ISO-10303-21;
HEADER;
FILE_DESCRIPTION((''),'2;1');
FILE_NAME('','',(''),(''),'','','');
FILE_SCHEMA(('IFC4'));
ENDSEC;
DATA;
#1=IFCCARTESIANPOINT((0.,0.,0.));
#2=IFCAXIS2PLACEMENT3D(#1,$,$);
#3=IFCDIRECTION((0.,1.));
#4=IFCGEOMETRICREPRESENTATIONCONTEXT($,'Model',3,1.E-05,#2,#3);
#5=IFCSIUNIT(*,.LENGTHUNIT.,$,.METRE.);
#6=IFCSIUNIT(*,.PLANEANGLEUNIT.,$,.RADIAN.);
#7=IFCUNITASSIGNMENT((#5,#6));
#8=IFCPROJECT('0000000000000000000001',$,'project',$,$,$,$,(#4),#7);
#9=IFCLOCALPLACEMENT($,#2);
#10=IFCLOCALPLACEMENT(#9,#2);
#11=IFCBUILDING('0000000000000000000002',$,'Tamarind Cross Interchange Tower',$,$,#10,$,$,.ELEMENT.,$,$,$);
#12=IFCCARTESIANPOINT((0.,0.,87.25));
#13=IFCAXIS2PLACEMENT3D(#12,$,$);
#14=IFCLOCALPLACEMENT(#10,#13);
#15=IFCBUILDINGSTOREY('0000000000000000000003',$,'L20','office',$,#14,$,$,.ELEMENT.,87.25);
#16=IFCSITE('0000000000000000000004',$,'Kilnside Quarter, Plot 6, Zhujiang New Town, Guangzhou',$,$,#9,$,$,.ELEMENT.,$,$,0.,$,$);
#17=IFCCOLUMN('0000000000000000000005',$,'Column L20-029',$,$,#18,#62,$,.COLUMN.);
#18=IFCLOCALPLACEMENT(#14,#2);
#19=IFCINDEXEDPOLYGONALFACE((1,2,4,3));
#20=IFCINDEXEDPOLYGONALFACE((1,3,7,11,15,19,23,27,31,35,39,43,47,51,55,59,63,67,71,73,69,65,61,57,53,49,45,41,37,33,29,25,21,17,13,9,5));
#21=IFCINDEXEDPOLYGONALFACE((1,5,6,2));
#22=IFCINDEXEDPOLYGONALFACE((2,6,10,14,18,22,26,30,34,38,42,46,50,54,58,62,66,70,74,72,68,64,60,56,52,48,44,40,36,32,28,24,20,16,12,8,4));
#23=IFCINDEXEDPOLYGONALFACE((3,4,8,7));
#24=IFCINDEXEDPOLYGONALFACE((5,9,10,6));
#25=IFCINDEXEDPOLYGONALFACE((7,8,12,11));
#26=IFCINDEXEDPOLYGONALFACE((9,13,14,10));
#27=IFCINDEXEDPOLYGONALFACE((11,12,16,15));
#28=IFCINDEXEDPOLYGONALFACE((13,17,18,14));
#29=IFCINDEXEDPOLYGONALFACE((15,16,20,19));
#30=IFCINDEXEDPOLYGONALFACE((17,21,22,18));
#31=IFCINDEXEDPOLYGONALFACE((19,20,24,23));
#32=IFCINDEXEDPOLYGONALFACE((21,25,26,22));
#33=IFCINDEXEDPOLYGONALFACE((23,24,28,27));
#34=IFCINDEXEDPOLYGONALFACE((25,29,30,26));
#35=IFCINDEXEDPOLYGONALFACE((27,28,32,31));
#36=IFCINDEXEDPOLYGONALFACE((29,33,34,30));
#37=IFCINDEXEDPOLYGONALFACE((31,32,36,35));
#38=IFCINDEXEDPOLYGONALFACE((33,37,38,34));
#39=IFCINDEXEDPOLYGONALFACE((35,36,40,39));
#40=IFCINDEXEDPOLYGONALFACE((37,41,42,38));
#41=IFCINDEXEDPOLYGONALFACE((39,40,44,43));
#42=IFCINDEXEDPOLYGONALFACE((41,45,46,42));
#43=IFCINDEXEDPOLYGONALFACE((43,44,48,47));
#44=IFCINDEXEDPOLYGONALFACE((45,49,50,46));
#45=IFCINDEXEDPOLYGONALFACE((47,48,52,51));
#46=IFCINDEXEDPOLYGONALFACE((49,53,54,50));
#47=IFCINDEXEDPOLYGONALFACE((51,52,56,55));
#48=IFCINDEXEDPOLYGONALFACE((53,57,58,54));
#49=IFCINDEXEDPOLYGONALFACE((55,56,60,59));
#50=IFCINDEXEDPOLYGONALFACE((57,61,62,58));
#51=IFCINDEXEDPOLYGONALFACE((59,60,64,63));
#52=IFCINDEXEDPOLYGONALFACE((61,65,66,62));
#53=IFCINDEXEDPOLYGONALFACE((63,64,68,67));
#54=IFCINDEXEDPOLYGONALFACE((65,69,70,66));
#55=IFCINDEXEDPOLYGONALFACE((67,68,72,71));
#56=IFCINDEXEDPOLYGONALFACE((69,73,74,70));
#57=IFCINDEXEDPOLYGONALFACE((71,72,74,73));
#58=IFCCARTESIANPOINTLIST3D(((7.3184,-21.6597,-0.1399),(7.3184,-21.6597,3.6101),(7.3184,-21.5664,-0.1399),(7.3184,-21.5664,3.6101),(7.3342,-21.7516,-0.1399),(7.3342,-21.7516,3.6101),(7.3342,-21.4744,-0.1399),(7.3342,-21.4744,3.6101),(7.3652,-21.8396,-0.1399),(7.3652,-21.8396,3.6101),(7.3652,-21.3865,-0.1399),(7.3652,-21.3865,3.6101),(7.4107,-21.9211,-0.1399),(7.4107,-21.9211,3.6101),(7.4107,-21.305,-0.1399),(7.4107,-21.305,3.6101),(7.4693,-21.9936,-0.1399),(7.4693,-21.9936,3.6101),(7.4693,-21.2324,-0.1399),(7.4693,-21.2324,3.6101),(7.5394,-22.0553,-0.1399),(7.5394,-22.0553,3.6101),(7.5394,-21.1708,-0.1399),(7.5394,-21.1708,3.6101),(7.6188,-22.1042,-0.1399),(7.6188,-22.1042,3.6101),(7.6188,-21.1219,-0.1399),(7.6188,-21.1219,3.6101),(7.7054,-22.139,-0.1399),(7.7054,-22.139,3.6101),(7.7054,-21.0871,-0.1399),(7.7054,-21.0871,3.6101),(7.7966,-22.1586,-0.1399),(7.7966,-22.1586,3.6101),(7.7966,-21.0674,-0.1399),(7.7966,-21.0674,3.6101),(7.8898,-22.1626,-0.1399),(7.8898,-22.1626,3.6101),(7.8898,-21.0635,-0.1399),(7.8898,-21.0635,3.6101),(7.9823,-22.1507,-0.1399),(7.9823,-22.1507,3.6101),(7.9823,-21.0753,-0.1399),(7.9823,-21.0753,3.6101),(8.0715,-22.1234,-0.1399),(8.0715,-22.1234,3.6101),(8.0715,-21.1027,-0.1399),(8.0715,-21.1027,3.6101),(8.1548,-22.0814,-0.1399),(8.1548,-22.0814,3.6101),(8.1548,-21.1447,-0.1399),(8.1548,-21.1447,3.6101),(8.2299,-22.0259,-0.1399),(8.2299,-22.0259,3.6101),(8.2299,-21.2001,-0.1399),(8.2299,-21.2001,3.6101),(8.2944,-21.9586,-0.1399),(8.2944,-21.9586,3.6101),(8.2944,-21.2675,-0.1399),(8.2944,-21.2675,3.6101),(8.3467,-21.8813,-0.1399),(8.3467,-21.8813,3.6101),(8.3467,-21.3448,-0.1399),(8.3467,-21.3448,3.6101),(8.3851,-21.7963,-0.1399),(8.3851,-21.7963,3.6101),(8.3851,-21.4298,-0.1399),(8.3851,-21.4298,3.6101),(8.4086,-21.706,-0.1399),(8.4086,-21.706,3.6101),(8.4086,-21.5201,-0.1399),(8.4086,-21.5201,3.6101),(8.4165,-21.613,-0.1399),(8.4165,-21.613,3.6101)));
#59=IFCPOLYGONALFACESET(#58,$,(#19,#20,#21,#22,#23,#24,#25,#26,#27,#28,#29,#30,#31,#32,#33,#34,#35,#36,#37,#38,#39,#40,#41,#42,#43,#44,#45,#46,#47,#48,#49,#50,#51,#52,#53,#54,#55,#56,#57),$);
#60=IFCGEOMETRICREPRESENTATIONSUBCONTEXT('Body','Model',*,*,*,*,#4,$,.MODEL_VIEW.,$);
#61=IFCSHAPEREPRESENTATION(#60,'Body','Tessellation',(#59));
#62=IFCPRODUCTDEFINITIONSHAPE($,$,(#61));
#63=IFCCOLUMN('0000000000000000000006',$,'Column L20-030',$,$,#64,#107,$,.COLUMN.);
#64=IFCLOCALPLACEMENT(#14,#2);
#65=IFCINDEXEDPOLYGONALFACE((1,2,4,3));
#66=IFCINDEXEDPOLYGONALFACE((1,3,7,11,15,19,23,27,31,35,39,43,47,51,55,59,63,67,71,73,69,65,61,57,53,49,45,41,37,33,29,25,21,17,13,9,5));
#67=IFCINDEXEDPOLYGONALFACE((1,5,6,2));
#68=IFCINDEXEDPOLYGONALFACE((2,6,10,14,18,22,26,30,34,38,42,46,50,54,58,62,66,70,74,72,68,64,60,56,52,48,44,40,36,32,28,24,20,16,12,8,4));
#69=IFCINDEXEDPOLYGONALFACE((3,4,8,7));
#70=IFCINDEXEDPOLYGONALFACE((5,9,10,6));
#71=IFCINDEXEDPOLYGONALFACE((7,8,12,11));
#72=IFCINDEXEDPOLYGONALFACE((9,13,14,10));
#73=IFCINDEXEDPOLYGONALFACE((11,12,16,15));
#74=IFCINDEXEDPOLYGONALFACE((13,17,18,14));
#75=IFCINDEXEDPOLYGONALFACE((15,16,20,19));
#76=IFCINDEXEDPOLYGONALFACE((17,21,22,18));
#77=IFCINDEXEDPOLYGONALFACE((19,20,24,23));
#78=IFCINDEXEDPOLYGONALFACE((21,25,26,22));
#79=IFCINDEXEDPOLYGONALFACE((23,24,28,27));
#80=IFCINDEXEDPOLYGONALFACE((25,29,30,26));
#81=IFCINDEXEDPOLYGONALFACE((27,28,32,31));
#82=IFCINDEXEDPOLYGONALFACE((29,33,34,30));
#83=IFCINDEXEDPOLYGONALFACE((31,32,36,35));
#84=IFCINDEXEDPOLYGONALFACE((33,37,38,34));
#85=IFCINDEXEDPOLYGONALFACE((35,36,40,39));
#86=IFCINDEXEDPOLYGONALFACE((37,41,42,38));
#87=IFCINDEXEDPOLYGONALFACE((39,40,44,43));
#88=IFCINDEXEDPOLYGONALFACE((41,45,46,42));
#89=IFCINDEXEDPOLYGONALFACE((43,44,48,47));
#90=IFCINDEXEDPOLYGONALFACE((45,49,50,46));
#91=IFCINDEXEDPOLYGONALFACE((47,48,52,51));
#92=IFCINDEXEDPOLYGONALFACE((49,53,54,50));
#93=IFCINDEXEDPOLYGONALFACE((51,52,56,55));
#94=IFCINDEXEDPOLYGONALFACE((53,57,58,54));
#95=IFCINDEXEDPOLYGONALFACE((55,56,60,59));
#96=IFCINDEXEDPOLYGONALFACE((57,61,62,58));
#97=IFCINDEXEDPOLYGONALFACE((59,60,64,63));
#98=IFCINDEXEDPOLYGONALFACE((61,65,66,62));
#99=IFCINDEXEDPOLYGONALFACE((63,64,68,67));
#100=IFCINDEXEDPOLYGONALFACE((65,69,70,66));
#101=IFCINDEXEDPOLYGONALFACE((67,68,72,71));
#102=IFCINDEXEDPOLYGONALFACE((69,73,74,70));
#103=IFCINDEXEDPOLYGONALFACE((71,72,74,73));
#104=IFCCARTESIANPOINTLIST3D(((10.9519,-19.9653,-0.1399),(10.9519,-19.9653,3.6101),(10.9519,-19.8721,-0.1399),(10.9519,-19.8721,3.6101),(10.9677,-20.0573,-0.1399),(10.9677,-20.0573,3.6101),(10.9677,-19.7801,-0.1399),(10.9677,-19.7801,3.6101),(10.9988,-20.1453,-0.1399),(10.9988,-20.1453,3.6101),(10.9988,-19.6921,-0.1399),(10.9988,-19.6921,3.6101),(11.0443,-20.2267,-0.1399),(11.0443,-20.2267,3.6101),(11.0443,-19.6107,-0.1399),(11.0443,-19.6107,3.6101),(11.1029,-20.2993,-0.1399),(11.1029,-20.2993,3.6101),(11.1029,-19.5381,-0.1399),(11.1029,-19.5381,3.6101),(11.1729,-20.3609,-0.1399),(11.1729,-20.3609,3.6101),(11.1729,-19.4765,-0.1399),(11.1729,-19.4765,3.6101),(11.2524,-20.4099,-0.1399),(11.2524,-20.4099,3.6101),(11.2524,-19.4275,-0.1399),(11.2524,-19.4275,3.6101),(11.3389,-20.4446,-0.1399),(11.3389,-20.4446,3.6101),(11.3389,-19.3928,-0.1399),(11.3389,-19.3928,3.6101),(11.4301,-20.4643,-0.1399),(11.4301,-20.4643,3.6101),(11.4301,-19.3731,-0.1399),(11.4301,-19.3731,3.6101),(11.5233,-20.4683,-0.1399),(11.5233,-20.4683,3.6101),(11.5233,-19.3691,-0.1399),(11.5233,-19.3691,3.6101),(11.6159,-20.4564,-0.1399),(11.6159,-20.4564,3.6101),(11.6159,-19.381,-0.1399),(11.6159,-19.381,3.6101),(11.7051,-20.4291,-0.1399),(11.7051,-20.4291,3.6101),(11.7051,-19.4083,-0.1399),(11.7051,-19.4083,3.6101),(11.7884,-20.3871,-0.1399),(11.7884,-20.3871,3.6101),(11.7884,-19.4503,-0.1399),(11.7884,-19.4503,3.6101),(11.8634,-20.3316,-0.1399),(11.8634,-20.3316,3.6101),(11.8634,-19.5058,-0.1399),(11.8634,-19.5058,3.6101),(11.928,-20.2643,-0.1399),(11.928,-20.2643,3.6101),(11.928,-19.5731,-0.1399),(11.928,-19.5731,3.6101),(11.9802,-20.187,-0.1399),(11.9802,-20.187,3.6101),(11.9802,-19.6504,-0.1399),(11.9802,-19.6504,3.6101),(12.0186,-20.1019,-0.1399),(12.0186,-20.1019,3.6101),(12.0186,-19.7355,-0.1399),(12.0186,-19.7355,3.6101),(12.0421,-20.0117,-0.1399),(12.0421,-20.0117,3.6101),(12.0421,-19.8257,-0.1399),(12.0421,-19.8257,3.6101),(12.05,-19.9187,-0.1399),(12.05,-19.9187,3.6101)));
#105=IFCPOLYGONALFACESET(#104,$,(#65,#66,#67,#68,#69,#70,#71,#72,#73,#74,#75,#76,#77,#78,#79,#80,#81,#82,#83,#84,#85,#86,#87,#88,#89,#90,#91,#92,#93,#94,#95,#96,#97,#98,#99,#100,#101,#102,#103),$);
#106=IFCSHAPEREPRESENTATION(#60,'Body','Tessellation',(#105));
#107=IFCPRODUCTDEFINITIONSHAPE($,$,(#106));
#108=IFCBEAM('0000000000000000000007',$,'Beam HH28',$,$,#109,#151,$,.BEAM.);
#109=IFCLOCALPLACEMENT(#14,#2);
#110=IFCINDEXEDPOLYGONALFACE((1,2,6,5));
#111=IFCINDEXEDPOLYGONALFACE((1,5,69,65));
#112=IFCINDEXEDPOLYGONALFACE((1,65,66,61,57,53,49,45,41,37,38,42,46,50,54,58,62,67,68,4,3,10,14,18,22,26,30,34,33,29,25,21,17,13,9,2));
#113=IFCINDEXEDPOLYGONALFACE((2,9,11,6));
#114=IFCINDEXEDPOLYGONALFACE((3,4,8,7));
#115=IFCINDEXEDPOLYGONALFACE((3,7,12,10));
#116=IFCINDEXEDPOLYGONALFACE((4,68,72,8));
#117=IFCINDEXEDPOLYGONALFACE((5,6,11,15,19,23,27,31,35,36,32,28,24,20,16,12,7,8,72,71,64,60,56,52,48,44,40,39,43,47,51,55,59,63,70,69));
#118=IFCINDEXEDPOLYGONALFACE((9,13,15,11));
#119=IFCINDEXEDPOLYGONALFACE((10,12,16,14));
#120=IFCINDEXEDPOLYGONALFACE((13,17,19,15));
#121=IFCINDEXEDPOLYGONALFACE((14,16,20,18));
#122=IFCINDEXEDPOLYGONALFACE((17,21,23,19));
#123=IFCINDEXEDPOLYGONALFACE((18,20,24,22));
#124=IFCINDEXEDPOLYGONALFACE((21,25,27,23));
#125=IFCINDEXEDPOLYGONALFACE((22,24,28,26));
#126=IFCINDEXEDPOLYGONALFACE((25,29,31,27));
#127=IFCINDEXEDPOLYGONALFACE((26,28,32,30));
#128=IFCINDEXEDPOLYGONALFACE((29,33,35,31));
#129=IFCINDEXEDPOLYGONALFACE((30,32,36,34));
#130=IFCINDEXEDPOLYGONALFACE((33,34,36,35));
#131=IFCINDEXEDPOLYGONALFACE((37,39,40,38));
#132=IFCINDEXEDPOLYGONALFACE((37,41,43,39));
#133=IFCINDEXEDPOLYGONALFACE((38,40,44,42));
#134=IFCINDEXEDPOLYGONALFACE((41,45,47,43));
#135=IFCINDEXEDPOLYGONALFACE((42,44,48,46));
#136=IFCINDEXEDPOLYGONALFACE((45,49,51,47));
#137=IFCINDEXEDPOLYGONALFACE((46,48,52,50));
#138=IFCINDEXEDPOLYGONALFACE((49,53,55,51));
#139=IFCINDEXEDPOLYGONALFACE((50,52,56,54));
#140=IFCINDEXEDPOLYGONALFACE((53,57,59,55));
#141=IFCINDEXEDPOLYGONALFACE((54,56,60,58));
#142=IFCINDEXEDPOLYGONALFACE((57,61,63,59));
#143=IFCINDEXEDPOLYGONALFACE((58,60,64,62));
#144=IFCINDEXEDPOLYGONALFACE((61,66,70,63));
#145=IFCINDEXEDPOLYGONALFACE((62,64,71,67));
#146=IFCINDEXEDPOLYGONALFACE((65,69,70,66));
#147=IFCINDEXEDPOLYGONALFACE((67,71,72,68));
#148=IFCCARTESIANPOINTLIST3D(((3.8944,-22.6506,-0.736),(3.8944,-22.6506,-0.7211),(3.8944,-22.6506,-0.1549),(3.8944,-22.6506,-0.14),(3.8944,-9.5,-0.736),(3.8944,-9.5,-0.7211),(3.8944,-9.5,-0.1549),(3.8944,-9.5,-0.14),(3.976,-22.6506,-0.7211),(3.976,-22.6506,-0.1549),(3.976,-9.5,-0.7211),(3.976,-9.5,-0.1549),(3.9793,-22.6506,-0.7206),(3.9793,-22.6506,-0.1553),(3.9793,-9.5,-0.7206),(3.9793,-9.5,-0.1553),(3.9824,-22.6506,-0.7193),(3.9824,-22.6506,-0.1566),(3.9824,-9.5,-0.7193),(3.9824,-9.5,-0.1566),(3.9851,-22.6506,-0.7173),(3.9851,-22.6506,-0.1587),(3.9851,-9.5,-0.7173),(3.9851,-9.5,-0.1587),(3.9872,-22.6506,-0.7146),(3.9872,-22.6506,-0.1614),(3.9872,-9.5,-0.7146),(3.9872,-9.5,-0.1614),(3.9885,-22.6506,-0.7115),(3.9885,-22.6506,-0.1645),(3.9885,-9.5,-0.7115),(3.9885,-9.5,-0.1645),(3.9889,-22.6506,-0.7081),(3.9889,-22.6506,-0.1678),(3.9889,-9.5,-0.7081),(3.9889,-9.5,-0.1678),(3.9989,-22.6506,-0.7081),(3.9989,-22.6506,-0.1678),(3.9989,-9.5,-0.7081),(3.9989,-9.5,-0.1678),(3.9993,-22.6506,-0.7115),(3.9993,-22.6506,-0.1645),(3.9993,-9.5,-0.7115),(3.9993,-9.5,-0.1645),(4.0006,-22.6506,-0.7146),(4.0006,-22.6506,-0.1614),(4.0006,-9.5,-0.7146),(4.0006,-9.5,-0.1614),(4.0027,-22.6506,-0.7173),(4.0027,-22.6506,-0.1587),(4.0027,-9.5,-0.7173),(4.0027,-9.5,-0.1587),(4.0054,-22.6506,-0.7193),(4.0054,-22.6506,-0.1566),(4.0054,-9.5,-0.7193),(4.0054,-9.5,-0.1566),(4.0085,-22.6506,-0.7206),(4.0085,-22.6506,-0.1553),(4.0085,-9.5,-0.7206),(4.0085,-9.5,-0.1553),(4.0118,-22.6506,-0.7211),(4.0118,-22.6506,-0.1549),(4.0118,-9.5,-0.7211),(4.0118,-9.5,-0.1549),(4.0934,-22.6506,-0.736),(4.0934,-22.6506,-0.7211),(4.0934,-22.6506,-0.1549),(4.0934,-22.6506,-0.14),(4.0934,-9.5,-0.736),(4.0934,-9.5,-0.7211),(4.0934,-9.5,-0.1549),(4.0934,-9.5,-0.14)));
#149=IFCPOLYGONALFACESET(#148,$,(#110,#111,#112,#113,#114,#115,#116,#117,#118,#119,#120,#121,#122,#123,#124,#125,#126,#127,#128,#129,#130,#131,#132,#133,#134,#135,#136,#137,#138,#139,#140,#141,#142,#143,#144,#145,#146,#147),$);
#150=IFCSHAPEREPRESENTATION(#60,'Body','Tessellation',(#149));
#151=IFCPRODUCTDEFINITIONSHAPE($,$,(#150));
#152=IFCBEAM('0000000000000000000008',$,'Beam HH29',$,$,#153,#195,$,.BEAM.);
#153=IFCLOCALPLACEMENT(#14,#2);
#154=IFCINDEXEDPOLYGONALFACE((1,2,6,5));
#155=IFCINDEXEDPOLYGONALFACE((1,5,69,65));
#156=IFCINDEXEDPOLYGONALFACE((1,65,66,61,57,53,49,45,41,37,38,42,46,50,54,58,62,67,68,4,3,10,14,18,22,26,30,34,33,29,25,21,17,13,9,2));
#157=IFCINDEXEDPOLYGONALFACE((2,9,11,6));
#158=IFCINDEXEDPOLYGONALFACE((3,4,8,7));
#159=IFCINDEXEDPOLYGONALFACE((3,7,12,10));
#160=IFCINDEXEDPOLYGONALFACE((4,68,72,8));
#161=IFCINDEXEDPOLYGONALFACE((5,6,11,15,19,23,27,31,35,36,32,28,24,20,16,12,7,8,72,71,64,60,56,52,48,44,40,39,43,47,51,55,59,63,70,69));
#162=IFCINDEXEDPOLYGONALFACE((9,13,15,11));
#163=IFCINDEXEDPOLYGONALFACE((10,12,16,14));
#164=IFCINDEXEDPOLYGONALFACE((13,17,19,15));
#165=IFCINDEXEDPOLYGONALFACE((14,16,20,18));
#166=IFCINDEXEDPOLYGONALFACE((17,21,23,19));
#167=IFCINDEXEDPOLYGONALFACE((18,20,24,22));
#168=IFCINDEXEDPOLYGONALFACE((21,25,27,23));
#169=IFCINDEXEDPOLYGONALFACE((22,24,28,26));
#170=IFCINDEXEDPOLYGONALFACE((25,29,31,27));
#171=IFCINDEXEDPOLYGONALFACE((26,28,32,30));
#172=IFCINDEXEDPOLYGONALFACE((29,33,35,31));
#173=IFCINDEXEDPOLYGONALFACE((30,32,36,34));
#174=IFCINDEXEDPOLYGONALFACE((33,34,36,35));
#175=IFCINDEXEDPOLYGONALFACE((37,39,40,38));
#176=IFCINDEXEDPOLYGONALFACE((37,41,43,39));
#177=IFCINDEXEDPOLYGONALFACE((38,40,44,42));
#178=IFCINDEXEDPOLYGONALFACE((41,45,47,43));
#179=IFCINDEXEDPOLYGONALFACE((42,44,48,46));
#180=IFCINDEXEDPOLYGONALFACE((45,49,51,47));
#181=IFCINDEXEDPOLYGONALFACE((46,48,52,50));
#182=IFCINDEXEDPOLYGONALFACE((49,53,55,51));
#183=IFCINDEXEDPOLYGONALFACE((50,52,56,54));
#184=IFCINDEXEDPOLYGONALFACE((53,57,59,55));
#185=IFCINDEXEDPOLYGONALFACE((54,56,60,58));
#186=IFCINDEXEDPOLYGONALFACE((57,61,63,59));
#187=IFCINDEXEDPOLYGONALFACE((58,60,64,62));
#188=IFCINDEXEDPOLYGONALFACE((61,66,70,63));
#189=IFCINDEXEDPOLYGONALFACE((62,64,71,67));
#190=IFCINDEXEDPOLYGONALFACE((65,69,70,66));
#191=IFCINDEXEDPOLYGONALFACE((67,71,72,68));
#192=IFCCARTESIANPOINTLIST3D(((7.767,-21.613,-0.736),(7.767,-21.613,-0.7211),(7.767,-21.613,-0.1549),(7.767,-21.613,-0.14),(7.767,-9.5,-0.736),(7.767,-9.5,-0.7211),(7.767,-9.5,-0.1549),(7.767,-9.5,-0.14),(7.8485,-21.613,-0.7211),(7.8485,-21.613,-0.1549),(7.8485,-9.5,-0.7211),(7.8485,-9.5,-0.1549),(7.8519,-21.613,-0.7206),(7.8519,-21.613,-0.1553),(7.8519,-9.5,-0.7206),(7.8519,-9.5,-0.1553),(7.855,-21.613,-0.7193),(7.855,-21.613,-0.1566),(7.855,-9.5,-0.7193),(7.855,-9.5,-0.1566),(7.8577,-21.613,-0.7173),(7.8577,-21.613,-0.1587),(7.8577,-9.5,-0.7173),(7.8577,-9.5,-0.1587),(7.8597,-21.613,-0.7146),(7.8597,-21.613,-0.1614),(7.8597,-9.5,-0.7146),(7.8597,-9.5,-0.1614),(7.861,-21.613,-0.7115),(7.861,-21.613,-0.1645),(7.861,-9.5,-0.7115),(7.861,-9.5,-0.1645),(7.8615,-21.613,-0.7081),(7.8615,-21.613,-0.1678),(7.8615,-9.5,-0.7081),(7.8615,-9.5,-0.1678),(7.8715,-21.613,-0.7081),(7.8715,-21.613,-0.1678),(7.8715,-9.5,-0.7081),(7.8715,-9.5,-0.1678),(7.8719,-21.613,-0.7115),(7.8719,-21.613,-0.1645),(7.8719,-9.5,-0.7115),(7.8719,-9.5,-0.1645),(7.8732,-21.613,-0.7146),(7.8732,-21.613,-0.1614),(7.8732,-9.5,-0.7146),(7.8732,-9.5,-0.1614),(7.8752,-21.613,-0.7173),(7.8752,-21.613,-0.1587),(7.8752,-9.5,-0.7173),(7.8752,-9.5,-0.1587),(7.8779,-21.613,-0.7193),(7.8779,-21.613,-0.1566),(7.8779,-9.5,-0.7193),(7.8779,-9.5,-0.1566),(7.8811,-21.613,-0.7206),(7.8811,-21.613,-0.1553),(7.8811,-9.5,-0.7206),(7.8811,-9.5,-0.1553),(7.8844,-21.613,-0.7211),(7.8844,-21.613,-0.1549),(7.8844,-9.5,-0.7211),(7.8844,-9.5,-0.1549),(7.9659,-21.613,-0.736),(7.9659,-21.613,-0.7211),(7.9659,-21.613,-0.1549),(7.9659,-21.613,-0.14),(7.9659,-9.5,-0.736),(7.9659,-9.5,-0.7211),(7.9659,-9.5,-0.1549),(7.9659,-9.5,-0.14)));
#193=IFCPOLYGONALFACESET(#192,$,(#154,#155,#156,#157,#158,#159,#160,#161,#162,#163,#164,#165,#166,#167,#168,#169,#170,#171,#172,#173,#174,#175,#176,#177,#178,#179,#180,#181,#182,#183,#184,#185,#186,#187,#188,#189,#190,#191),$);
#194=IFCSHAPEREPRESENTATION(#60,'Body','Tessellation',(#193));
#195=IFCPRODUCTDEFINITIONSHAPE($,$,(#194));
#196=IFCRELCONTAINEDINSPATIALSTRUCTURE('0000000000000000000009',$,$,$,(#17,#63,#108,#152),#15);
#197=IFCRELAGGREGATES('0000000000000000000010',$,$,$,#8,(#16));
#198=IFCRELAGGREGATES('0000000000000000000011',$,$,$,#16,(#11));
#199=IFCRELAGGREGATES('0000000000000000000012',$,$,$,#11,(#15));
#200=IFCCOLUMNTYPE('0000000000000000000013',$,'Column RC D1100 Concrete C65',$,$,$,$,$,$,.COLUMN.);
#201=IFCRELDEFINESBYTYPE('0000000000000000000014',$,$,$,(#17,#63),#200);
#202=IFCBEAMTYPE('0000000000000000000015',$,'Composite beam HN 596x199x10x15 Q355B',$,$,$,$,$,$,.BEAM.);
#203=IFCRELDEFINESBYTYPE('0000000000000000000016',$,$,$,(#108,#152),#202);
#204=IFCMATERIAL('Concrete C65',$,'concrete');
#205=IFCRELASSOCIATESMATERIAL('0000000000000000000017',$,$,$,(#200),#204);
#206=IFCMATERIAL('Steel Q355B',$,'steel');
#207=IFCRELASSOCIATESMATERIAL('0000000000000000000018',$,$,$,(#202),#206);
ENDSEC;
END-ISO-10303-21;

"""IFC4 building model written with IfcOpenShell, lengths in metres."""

from ifc_helpers import new_model, si_unit, direction, frame, origin, origin_2d, place, context, subcontext, project, spatial, circle, i_section, extrude, material, material_profile, profile_set, type_object, element, save


model = new_model("IFC4")

# Units and contexts
model_context = context("Model", 3, precision=1e-05, world=origin(), true_north=direction((0.0, 1.0)))
body_context = subcontext(model_context, "Body", "Model", "MODEL_VIEW")
ifc_project = project(units=[si_unit("LENGTHUNIT", "METRE"), si_unit("PLANEANGLEUNIT", "RADIAN")], contexts=[model_context])

# Site, building, storey
site_placement = place(None, origin())
site = spatial("IfcSite", under=ifc_project, at=site_placement, Name="Kilnside Quarter, Plot 6, Zhujiang New Town, Guangzhou", CompositionType="ELEMENT", RefElevation=0.0)
building_placement = place(site_placement, origin())
building = spatial("IfcBuilding", under=site, at=building_placement, Name="Tamarind Cross Interchange Tower", CompositionType="ELEMENT")
storey_placement = place(building_placement, frame((0.0, 0.0, 87.25)))
storey = spatial("IfcBuildingStorey", under=building, at=storey_placement, Name="L20", Description="office", CompositionType="ELEMENT", Elevation=87.25)

# Columns
ifc_material_1 = material(Name="Concrete C65", Category="concrete")
ifc_material_profile_1 = material_profile(ifc_material_1, circle(Radius=0.55, at=origin_2d()), Name="RC D1100")
ifc_profile_set_1 = profile_set([ifc_material_profile_1], Name="Concrete C65")
column_type = type_object("IfcColumnType", Name="Column RC D1100 Concrete C65", PredefinedType="COLUMN", material=ifc_profile_set_1)
for number, where, z_axis, x_axis, name in (
    (1, (7.8665, -21.613, -0.1399), (0.0, 0.0, 1.0), (1.0, 0.0, 0.0), "Column L20-029"),
    (2, (11.5, -19.9187, -0.1399), (0.0, 0.0, 1.0), (1.0, 0.0, 0.0), "Column L20-030"),
):
    element("IfcColumn", number, at=place(storey_placement, frame(where, z_axis=z_axis, x_axis=x_axis)), inside=storey, type_object=column_type, Name=name, PredefinedType="COLUMN", context=body_context, shape_type="SweptSolid", body=[
        extrude(circle(Radius=0.55, at=origin_2d()), origin(), (0.0, 0.0, 1.0), 3.75),
    ])

# Beams
ifc_material_2 = material(Name="Steel Q355B", Category="steel")
ifc_material_profile_2 = material_profile(ifc_material_2, i_section(OverallWidth=0.199, OverallDepth=0.5959, WebThickness=0.01, FlangeThickness=0.0149, FilletRadius=0.0129, at=origin_2d()), Name="HN 596x199x10x15")
ifc_profile_set_2 = profile_set([ifc_material_profile_2], Name="Steel Q355B")
beam_type = type_object("IfcBeamType", Name="Composite beam HN 596x199x10x15 Q355B", PredefinedType="BEAM", material=ifc_profile_set_2)
beam_1_placement = place(storey_placement, frame((3.9939, -22.6506, -0.438), z_axis=(0.0, 1.0, 0.0), x_axis=(-1.0, 0.0, 0.0)))
element("IfcBeam", 3, at=beam_1_placement, inside=storey, type_object=beam_type, Name="Beam HH28", PredefinedType="BEAM", context=body_context, shape_type="SweptSolid", body=[
    extrude(i_section(OverallWidth=0.199, OverallDepth=0.5959, WebThickness=0.01, FlangeThickness=0.0149, FilletRadius=0.0129, at=origin_2d()), origin(), (0.0, 0.0, 1.0), 13.1506),
])
beam_2_placement = place(storey_placement, frame((7.8665, -21.613, -0.438), z_axis=(0.0, 1.0, 0.0), x_axis=(-1.0, 0.0, 0.0)))
element("IfcBeam", 4, at=beam_2_placement, inside=storey, type_object=beam_type, Name="Beam HH29", PredefinedType="BEAM", context=body_context, shape_type="SweptSolid", body=[
    extrude(i_section(OverallWidth=0.199, OverallDepth=0.5959, WebThickness=0.01, FlangeThickness=0.0149, FilletRadius=0.0129, at=origin_2d()), origin(), (0.0, 0.0, 1.0), 12.113),
])

save(model, "model.ifc")
